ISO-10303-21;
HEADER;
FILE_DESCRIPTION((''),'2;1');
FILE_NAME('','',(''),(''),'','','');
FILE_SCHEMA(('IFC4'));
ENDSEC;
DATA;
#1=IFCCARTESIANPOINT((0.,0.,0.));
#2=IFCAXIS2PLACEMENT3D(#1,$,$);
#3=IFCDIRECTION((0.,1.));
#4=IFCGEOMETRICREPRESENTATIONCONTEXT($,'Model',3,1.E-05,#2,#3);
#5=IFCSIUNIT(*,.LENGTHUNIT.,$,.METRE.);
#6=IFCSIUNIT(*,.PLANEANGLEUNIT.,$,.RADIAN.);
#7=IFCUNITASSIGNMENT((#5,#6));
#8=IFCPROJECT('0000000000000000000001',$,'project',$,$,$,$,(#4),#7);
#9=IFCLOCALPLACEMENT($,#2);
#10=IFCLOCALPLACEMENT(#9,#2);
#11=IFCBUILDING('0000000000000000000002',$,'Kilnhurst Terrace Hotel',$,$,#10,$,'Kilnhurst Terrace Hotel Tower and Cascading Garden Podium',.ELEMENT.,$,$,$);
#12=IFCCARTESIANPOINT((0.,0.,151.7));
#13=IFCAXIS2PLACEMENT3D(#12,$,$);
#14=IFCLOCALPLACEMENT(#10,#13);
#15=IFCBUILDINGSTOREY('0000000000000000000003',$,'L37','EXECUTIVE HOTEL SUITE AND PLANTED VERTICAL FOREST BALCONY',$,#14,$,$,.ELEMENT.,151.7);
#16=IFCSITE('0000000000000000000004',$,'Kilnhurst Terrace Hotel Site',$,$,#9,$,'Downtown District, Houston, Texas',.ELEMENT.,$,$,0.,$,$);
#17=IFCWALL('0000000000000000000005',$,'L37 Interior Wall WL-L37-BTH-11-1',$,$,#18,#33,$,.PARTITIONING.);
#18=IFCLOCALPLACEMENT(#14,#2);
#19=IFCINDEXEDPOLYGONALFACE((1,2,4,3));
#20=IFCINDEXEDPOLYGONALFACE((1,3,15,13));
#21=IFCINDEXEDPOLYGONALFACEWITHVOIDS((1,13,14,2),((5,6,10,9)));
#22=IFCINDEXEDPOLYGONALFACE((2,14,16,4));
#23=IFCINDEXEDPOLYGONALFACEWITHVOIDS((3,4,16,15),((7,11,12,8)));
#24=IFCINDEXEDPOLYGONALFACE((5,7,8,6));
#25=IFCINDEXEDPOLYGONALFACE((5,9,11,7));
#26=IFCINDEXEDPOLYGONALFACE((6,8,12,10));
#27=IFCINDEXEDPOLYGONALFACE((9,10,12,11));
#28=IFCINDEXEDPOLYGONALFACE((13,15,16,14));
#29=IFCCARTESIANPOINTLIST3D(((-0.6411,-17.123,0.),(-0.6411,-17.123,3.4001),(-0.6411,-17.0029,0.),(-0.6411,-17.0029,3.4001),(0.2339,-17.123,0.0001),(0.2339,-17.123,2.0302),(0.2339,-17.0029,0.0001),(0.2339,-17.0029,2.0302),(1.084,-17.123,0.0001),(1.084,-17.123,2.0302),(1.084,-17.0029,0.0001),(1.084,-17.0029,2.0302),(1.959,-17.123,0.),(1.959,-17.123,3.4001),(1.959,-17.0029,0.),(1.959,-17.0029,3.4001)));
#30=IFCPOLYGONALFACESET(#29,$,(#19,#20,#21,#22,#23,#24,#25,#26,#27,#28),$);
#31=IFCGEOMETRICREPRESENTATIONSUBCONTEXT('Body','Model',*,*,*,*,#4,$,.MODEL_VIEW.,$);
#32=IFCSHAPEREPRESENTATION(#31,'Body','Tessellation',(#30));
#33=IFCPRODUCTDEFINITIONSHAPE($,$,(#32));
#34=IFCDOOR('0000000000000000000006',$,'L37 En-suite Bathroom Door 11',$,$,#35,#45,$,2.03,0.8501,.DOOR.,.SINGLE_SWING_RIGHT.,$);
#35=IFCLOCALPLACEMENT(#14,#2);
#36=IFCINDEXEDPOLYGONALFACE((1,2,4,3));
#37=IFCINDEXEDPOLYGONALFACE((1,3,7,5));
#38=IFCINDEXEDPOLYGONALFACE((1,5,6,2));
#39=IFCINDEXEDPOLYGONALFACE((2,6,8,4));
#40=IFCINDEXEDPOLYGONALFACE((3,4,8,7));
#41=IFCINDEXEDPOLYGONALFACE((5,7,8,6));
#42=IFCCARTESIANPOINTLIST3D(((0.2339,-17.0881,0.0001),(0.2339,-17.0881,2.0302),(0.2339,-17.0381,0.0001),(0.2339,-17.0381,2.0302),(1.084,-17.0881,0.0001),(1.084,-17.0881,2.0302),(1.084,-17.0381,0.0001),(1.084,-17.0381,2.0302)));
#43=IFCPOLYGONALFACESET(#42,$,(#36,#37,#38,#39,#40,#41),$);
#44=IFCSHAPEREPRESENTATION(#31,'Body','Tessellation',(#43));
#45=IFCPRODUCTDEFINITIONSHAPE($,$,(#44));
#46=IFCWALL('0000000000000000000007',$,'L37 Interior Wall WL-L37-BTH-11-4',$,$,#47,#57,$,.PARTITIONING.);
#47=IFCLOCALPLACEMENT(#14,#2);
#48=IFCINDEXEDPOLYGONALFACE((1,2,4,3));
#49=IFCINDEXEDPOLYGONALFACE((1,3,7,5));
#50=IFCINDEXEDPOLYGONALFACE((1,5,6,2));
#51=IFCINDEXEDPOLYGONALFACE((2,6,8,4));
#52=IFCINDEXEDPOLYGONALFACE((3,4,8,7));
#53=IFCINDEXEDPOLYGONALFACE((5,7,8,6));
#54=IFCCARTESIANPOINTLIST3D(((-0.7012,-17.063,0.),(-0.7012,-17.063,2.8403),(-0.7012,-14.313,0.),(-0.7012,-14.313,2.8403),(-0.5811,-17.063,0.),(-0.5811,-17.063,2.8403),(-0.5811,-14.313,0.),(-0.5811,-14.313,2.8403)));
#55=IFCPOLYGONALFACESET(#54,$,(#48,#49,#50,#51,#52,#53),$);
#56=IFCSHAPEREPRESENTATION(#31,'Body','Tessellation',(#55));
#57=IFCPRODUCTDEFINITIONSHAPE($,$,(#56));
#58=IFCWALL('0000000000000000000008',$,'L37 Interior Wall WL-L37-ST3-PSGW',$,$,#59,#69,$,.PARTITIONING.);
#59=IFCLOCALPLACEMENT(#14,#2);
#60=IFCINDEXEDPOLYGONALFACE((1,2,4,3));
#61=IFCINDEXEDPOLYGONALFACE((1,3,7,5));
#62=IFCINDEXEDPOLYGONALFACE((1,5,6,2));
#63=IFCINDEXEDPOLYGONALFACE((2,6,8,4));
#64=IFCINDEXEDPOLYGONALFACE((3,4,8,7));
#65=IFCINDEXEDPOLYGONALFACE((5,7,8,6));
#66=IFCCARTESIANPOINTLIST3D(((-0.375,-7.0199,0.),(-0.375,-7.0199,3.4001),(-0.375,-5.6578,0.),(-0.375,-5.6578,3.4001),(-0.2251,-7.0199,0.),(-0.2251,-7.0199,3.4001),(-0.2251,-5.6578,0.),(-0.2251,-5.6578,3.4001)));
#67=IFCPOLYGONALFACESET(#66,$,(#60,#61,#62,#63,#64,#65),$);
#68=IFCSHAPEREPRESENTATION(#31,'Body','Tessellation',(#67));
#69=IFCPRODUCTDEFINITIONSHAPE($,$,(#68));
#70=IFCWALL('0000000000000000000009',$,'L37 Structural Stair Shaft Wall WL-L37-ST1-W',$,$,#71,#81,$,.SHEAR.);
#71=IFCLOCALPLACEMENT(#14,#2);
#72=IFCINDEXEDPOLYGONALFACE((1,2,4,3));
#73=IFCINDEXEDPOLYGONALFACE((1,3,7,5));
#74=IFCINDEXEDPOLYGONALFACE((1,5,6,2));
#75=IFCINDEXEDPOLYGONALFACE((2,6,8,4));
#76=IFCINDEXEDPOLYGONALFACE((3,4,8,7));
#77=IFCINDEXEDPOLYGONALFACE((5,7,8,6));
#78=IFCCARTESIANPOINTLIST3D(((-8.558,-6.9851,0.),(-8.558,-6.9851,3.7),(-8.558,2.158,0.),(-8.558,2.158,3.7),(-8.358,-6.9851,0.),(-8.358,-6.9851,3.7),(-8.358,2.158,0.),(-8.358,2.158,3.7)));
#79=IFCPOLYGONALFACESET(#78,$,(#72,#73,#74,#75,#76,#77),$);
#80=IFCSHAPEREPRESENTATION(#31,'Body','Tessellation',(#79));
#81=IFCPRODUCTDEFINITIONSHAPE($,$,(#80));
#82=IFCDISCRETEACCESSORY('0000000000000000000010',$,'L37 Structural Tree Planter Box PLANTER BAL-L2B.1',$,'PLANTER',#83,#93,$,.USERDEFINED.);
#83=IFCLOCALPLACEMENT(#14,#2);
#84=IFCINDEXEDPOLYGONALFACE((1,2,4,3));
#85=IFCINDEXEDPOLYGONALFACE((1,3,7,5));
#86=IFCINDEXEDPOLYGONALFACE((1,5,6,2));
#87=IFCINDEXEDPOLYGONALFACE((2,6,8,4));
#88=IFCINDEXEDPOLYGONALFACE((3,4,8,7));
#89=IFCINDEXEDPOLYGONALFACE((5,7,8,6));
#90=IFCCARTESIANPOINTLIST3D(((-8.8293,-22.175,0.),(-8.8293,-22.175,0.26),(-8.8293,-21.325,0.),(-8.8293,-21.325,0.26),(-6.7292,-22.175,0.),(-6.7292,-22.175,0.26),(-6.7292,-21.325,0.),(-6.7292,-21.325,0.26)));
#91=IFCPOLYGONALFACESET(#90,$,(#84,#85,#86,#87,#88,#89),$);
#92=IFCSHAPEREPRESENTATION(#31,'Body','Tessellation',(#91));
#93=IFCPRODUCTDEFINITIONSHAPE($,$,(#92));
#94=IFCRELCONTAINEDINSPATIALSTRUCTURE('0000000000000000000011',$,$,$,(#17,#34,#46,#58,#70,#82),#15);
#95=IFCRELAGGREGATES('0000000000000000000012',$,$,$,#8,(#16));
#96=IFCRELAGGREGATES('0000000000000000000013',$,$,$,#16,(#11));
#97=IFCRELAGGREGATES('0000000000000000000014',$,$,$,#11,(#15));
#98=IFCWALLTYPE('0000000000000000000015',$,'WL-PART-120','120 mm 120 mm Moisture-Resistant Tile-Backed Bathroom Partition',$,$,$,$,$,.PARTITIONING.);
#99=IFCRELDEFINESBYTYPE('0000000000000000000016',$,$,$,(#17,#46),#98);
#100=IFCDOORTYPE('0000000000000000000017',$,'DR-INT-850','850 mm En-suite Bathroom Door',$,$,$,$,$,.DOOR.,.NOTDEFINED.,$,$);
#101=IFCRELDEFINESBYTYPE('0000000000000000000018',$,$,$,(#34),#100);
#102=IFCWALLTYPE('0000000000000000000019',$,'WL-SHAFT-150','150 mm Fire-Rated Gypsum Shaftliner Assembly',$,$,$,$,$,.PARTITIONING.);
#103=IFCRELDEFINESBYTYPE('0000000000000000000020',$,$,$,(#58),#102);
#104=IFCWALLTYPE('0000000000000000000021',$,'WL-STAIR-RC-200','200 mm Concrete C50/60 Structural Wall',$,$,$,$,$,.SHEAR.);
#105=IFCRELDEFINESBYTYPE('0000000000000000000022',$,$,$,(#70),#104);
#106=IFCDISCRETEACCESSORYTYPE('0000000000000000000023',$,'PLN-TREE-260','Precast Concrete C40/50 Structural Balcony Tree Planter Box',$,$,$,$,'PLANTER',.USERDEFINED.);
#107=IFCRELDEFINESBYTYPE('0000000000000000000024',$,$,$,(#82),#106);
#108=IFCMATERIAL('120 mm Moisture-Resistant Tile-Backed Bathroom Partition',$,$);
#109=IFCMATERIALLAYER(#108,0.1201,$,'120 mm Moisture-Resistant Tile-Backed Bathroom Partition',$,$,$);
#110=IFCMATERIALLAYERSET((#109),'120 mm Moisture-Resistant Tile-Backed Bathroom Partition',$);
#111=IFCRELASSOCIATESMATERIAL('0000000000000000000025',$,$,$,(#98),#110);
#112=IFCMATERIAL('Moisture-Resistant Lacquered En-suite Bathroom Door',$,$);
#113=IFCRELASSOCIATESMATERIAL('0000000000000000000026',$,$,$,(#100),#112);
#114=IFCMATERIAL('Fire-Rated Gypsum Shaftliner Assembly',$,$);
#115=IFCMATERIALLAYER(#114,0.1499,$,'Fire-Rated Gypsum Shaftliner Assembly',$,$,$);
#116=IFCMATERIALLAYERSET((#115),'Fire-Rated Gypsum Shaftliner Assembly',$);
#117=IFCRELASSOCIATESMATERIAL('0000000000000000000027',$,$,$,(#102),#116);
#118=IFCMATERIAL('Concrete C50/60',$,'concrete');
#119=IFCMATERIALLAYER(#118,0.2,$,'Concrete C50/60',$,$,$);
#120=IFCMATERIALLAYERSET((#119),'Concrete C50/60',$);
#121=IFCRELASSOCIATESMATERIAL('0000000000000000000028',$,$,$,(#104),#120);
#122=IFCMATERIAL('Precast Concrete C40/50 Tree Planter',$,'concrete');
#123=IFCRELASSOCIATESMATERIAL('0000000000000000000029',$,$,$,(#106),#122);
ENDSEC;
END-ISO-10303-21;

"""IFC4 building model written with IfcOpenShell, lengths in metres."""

from ifc_helpers import new_model, si_unit, direction, frame, frame_2d, origin, origin_2d, place, context, subcontext, project, spatial, rectangle, extrude, material, layer, layer_set, type_object, element, fill, save


model = new_model("IFC4")

# Units and contexts
model_context = context("Model", 3, precision=1e-05, world=origin(), true_north=direction((0.0, 1.0)))
body_context = subcontext(model_context, "Body", "Model", "MODEL_VIEW")
ifc_project = project(units=[si_unit("LENGTHUNIT", "METRE"), si_unit("PLANEANGLEUNIT", "RADIAN")], contexts=[model_context])

# Site, building, storey
site_placement = place(None, origin())
site = spatial("IfcSite", under=ifc_project, at=site_placement, Name="Kilnhurst Terrace Hotel Site", LongName="Downtown District, Houston, Texas", CompositionType="ELEMENT", RefElevation=0.0)
building_placement = place(site_placement, origin())
building = spatial("IfcBuilding", under=site, at=building_placement, Name="Kilnhurst Terrace Hotel", LongName="Kilnhurst Terrace Hotel Tower and Cascading Garden Podium", CompositionType="ELEMENT")
storey_placement = place(building_placement, frame((0.0, 0.0, 151.7)))
storey = spatial("IfcBuildingStorey", under=building, at=storey_placement, Name="L37", Description="EXECUTIVE HOTEL SUITE AND PLANTED VERTICAL FOREST BALCONY", CompositionType="ELEMENT", Elevation=151.7)

# Shared definitions
ifc_material_1 = material(Name="Concrete C50/60", Category="concrete")

# Shared definitions
ifc_material_2 = material(Name="120 mm Moisture-Resistant Tile-Backed Bathroom Partition")
ifc_layer_1 = layer(ifc_material_2, 0.1201, Name="120 mm Moisture-Resistant Tile-Backed Bathroom Partition")
ifc_layer_set_1 = layer_set([ifc_layer_1], Name="120 mm Moisture-Resistant Tile-Backed Bathroom Partition")
wall_type_1 = type_object("IfcWallType", Name="WL-PART-120", Description="120 mm 120 mm Moisture-Resistant Tile-Backed Bathroom Partition", PredefinedType="PARTITIONING", material=ifc_layer_set_1)

# Wall, opening, door
wall_1_placement = place(storey_placement, frame((-0.6411, -17.063, 0.0), z_axis=(0.0, 0.0, 1.0), x_axis=(1.0, 0.0, 0.0)))
wall_1 = element("IfcWall", 1, at=wall_1_placement, inside=storey, type_object=wall_type_1, Name="L37 Interior Wall WL-L37-BTH-11-1", PredefinedType="PARTITIONING", context=body_context, shape_type="SweptSolid", body=[
    extrude(rectangle(XDim=2.6001, YDim=0.1201, at=frame_2d((1.3, 0.0))), origin(), (0.0, 0.0, 1.0), 3.4001),
])
opening_1_placement = place(wall_1_placement, frame((0.875, 0.0, 0.0)))
opening_1 = element("IfcOpeningElement", 2, at=opening_1_placement, cuts=wall_1, PredefinedType="OPENING", context=body_context, shape_type="SweptSolid", body=[
    extrude(rectangle(XDim=0.8501, YDim=2.03, at=frame_2d((0.425, 1.0151))), frame((0.0, 0.0701, 0.0), z_axis=(0.0, -1.0, 0.0), x_axis=(1.0, 0.0, 0.0)), (0.0, 0.0, 1.0), 0.1401),
])
ifc_material_3 = material(Name="Moisture-Resistant Lacquered En-suite Bathroom Door")
door_type_1 = type_object("IfcDoorType", Name="DR-INT-850", Description="850 mm En-suite Bathroom Door", OperationType="NOTDEFINED", PredefinedType="DOOR", material=ifc_material_3)
door_1_placement = place(opening_1_placement, origin())
door_1 = element("IfcDoor", 3, at=door_1_placement, inside=storey, type_object=door_type_1, Name="L37 En-suite Bathroom Door 11", OperationType="SINGLE_SWING_RIGHT", OverallHeight=2.03, OverallWidth=0.8501, PredefinedType="DOOR", context=body_context, shape_type="SweptSolid", body=[
    extrude(rectangle(XDim=0.8501, YDim=2.03, at=frame_2d((0.425, 1.0151))), frame((0.0, 0.0249, 0.0), z_axis=(0.0, -1.0, 0.0), x_axis=(1.0, 0.0, 0.0)), (0.0, 0.0, 1.0), 0.05),
])
fill(opening_1, door_1)

# Walls
wall_2_placement = place(storey_placement, frame((-0.6411, -14.313, 0.0), z_axis=(0.0, 0.0, 1.0), x_axis=(0.0, -1.0, 0.0)))
element("IfcWall", 4, at=wall_2_placement, inside=storey, type_object=wall_type_1, Name="L37 Interior Wall WL-L37-BTH-11-4", PredefinedType="PARTITIONING", context=body_context, shape_type="SweptSolid", body=[
    extrude(rectangle(XDim=2.75, YDim=0.1201, at=frame_2d((1.375, 0.0))), origin(), (0.0, 0.0, 1.0), 2.8403),
])
ifc_material_4 = material(Name="Fire-Rated Gypsum Shaftliner Assembly")
ifc_layer_2 = layer(ifc_material_4, 0.1499, Name="Fire-Rated Gypsum Shaftliner Assembly")
ifc_layer_set_2 = layer_set([ifc_layer_2], Name="Fire-Rated Gypsum Shaftliner Assembly")
wall_type_2 = type_object("IfcWallType", Name="WL-SHAFT-150", Description="150 mm Fire-Rated Gypsum Shaftliner Assembly", PredefinedType="PARTITIONING", material=ifc_layer_set_2)
wall_3_placement = place(storey_placement, frame((-0.3, -7.02, 0.0), z_axis=(0.0, 0.0, 1.0), x_axis=(0.0, 1.0, 0.0)))
element("IfcWall", 5, at=wall_3_placement, inside=storey, type_object=wall_type_2, Name="L37 Interior Wall WL-L37-ST3-PSGW", PredefinedType="PARTITIONING", context=body_context, shape_type="SweptSolid", body=[
    extrude(rectangle(XDim=1.3621, YDim=0.1499, at=frame_2d((0.6812, 0.0))), origin(), (0.0, 0.0, 1.0), 3.4001),
])
ifc_layer_3 = layer(ifc_material_1, 0.2, Name="Concrete C50/60")
ifc_layer_set_3 = layer_set([ifc_layer_3], Name="Concrete C50/60")
wall_type_3 = type_object("IfcWallType", Name="WL-STAIR-RC-200", Description="200 mm Concrete C50/60 Structural Wall", PredefinedType="SHEAR", material=ifc_layer_set_3)
wall_4_placement = place(storey_placement, frame((-8.458, -6.9851, 0.0), z_axis=(0.0, 0.0, 1.0), x_axis=(0.0, 1.0, 0.0)))
element("IfcWall", 6, at=wall_4_placement, inside=storey, type_object=wall_type_3, Name="L37 Structural Stair Shaft Wall WL-L37-ST1-W", PredefinedType="SHEAR", context=body_context, shape_type="SweptSolid", body=[
    extrude(rectangle(XDim=9.1431, YDim=0.2, at=frame_2d((4.5715, 0.0))), origin(), (0.0, 0.0, 1.0), 3.7),
])

# Discrete accessory
ifc_material_5 = material(Name="Precast Concrete C40/50 Tree Planter", Category="concrete")
discrete_accessory_type = type_object("IfcDiscreteAccessoryType", Name="PLN-TREE-260", Description="Precast Concrete C40/50 Structural Balcony Tree Planter Box", ElementType="PLANTER", PredefinedType="USERDEFINED", material=ifc_material_5)
discrete_accessory_placement = place(storey_placement, frame((-7.7793, -21.75, 0.0), z_axis=(0.0, 0.0, 1.0), x_axis=(1.0, 0.0, 0.0)))
element("IfcDiscreteAccessory", 7, at=discrete_accessory_placement, inside=storey, type_object=discrete_accessory_type, Name="L37 Structural Tree Planter Box PLANTER BAL-L2B.1", ObjectType="PLANTER", PredefinedType="USERDEFINED", context=body_context, shape_type="SweptSolid", body=[
    extrude(rectangle(XDim=2.1001, YDim=0.8501, at=origin_2d()), origin(), (0.0, 0.0, 1.0), 0.26),
])

save(model, "model.ifc")
